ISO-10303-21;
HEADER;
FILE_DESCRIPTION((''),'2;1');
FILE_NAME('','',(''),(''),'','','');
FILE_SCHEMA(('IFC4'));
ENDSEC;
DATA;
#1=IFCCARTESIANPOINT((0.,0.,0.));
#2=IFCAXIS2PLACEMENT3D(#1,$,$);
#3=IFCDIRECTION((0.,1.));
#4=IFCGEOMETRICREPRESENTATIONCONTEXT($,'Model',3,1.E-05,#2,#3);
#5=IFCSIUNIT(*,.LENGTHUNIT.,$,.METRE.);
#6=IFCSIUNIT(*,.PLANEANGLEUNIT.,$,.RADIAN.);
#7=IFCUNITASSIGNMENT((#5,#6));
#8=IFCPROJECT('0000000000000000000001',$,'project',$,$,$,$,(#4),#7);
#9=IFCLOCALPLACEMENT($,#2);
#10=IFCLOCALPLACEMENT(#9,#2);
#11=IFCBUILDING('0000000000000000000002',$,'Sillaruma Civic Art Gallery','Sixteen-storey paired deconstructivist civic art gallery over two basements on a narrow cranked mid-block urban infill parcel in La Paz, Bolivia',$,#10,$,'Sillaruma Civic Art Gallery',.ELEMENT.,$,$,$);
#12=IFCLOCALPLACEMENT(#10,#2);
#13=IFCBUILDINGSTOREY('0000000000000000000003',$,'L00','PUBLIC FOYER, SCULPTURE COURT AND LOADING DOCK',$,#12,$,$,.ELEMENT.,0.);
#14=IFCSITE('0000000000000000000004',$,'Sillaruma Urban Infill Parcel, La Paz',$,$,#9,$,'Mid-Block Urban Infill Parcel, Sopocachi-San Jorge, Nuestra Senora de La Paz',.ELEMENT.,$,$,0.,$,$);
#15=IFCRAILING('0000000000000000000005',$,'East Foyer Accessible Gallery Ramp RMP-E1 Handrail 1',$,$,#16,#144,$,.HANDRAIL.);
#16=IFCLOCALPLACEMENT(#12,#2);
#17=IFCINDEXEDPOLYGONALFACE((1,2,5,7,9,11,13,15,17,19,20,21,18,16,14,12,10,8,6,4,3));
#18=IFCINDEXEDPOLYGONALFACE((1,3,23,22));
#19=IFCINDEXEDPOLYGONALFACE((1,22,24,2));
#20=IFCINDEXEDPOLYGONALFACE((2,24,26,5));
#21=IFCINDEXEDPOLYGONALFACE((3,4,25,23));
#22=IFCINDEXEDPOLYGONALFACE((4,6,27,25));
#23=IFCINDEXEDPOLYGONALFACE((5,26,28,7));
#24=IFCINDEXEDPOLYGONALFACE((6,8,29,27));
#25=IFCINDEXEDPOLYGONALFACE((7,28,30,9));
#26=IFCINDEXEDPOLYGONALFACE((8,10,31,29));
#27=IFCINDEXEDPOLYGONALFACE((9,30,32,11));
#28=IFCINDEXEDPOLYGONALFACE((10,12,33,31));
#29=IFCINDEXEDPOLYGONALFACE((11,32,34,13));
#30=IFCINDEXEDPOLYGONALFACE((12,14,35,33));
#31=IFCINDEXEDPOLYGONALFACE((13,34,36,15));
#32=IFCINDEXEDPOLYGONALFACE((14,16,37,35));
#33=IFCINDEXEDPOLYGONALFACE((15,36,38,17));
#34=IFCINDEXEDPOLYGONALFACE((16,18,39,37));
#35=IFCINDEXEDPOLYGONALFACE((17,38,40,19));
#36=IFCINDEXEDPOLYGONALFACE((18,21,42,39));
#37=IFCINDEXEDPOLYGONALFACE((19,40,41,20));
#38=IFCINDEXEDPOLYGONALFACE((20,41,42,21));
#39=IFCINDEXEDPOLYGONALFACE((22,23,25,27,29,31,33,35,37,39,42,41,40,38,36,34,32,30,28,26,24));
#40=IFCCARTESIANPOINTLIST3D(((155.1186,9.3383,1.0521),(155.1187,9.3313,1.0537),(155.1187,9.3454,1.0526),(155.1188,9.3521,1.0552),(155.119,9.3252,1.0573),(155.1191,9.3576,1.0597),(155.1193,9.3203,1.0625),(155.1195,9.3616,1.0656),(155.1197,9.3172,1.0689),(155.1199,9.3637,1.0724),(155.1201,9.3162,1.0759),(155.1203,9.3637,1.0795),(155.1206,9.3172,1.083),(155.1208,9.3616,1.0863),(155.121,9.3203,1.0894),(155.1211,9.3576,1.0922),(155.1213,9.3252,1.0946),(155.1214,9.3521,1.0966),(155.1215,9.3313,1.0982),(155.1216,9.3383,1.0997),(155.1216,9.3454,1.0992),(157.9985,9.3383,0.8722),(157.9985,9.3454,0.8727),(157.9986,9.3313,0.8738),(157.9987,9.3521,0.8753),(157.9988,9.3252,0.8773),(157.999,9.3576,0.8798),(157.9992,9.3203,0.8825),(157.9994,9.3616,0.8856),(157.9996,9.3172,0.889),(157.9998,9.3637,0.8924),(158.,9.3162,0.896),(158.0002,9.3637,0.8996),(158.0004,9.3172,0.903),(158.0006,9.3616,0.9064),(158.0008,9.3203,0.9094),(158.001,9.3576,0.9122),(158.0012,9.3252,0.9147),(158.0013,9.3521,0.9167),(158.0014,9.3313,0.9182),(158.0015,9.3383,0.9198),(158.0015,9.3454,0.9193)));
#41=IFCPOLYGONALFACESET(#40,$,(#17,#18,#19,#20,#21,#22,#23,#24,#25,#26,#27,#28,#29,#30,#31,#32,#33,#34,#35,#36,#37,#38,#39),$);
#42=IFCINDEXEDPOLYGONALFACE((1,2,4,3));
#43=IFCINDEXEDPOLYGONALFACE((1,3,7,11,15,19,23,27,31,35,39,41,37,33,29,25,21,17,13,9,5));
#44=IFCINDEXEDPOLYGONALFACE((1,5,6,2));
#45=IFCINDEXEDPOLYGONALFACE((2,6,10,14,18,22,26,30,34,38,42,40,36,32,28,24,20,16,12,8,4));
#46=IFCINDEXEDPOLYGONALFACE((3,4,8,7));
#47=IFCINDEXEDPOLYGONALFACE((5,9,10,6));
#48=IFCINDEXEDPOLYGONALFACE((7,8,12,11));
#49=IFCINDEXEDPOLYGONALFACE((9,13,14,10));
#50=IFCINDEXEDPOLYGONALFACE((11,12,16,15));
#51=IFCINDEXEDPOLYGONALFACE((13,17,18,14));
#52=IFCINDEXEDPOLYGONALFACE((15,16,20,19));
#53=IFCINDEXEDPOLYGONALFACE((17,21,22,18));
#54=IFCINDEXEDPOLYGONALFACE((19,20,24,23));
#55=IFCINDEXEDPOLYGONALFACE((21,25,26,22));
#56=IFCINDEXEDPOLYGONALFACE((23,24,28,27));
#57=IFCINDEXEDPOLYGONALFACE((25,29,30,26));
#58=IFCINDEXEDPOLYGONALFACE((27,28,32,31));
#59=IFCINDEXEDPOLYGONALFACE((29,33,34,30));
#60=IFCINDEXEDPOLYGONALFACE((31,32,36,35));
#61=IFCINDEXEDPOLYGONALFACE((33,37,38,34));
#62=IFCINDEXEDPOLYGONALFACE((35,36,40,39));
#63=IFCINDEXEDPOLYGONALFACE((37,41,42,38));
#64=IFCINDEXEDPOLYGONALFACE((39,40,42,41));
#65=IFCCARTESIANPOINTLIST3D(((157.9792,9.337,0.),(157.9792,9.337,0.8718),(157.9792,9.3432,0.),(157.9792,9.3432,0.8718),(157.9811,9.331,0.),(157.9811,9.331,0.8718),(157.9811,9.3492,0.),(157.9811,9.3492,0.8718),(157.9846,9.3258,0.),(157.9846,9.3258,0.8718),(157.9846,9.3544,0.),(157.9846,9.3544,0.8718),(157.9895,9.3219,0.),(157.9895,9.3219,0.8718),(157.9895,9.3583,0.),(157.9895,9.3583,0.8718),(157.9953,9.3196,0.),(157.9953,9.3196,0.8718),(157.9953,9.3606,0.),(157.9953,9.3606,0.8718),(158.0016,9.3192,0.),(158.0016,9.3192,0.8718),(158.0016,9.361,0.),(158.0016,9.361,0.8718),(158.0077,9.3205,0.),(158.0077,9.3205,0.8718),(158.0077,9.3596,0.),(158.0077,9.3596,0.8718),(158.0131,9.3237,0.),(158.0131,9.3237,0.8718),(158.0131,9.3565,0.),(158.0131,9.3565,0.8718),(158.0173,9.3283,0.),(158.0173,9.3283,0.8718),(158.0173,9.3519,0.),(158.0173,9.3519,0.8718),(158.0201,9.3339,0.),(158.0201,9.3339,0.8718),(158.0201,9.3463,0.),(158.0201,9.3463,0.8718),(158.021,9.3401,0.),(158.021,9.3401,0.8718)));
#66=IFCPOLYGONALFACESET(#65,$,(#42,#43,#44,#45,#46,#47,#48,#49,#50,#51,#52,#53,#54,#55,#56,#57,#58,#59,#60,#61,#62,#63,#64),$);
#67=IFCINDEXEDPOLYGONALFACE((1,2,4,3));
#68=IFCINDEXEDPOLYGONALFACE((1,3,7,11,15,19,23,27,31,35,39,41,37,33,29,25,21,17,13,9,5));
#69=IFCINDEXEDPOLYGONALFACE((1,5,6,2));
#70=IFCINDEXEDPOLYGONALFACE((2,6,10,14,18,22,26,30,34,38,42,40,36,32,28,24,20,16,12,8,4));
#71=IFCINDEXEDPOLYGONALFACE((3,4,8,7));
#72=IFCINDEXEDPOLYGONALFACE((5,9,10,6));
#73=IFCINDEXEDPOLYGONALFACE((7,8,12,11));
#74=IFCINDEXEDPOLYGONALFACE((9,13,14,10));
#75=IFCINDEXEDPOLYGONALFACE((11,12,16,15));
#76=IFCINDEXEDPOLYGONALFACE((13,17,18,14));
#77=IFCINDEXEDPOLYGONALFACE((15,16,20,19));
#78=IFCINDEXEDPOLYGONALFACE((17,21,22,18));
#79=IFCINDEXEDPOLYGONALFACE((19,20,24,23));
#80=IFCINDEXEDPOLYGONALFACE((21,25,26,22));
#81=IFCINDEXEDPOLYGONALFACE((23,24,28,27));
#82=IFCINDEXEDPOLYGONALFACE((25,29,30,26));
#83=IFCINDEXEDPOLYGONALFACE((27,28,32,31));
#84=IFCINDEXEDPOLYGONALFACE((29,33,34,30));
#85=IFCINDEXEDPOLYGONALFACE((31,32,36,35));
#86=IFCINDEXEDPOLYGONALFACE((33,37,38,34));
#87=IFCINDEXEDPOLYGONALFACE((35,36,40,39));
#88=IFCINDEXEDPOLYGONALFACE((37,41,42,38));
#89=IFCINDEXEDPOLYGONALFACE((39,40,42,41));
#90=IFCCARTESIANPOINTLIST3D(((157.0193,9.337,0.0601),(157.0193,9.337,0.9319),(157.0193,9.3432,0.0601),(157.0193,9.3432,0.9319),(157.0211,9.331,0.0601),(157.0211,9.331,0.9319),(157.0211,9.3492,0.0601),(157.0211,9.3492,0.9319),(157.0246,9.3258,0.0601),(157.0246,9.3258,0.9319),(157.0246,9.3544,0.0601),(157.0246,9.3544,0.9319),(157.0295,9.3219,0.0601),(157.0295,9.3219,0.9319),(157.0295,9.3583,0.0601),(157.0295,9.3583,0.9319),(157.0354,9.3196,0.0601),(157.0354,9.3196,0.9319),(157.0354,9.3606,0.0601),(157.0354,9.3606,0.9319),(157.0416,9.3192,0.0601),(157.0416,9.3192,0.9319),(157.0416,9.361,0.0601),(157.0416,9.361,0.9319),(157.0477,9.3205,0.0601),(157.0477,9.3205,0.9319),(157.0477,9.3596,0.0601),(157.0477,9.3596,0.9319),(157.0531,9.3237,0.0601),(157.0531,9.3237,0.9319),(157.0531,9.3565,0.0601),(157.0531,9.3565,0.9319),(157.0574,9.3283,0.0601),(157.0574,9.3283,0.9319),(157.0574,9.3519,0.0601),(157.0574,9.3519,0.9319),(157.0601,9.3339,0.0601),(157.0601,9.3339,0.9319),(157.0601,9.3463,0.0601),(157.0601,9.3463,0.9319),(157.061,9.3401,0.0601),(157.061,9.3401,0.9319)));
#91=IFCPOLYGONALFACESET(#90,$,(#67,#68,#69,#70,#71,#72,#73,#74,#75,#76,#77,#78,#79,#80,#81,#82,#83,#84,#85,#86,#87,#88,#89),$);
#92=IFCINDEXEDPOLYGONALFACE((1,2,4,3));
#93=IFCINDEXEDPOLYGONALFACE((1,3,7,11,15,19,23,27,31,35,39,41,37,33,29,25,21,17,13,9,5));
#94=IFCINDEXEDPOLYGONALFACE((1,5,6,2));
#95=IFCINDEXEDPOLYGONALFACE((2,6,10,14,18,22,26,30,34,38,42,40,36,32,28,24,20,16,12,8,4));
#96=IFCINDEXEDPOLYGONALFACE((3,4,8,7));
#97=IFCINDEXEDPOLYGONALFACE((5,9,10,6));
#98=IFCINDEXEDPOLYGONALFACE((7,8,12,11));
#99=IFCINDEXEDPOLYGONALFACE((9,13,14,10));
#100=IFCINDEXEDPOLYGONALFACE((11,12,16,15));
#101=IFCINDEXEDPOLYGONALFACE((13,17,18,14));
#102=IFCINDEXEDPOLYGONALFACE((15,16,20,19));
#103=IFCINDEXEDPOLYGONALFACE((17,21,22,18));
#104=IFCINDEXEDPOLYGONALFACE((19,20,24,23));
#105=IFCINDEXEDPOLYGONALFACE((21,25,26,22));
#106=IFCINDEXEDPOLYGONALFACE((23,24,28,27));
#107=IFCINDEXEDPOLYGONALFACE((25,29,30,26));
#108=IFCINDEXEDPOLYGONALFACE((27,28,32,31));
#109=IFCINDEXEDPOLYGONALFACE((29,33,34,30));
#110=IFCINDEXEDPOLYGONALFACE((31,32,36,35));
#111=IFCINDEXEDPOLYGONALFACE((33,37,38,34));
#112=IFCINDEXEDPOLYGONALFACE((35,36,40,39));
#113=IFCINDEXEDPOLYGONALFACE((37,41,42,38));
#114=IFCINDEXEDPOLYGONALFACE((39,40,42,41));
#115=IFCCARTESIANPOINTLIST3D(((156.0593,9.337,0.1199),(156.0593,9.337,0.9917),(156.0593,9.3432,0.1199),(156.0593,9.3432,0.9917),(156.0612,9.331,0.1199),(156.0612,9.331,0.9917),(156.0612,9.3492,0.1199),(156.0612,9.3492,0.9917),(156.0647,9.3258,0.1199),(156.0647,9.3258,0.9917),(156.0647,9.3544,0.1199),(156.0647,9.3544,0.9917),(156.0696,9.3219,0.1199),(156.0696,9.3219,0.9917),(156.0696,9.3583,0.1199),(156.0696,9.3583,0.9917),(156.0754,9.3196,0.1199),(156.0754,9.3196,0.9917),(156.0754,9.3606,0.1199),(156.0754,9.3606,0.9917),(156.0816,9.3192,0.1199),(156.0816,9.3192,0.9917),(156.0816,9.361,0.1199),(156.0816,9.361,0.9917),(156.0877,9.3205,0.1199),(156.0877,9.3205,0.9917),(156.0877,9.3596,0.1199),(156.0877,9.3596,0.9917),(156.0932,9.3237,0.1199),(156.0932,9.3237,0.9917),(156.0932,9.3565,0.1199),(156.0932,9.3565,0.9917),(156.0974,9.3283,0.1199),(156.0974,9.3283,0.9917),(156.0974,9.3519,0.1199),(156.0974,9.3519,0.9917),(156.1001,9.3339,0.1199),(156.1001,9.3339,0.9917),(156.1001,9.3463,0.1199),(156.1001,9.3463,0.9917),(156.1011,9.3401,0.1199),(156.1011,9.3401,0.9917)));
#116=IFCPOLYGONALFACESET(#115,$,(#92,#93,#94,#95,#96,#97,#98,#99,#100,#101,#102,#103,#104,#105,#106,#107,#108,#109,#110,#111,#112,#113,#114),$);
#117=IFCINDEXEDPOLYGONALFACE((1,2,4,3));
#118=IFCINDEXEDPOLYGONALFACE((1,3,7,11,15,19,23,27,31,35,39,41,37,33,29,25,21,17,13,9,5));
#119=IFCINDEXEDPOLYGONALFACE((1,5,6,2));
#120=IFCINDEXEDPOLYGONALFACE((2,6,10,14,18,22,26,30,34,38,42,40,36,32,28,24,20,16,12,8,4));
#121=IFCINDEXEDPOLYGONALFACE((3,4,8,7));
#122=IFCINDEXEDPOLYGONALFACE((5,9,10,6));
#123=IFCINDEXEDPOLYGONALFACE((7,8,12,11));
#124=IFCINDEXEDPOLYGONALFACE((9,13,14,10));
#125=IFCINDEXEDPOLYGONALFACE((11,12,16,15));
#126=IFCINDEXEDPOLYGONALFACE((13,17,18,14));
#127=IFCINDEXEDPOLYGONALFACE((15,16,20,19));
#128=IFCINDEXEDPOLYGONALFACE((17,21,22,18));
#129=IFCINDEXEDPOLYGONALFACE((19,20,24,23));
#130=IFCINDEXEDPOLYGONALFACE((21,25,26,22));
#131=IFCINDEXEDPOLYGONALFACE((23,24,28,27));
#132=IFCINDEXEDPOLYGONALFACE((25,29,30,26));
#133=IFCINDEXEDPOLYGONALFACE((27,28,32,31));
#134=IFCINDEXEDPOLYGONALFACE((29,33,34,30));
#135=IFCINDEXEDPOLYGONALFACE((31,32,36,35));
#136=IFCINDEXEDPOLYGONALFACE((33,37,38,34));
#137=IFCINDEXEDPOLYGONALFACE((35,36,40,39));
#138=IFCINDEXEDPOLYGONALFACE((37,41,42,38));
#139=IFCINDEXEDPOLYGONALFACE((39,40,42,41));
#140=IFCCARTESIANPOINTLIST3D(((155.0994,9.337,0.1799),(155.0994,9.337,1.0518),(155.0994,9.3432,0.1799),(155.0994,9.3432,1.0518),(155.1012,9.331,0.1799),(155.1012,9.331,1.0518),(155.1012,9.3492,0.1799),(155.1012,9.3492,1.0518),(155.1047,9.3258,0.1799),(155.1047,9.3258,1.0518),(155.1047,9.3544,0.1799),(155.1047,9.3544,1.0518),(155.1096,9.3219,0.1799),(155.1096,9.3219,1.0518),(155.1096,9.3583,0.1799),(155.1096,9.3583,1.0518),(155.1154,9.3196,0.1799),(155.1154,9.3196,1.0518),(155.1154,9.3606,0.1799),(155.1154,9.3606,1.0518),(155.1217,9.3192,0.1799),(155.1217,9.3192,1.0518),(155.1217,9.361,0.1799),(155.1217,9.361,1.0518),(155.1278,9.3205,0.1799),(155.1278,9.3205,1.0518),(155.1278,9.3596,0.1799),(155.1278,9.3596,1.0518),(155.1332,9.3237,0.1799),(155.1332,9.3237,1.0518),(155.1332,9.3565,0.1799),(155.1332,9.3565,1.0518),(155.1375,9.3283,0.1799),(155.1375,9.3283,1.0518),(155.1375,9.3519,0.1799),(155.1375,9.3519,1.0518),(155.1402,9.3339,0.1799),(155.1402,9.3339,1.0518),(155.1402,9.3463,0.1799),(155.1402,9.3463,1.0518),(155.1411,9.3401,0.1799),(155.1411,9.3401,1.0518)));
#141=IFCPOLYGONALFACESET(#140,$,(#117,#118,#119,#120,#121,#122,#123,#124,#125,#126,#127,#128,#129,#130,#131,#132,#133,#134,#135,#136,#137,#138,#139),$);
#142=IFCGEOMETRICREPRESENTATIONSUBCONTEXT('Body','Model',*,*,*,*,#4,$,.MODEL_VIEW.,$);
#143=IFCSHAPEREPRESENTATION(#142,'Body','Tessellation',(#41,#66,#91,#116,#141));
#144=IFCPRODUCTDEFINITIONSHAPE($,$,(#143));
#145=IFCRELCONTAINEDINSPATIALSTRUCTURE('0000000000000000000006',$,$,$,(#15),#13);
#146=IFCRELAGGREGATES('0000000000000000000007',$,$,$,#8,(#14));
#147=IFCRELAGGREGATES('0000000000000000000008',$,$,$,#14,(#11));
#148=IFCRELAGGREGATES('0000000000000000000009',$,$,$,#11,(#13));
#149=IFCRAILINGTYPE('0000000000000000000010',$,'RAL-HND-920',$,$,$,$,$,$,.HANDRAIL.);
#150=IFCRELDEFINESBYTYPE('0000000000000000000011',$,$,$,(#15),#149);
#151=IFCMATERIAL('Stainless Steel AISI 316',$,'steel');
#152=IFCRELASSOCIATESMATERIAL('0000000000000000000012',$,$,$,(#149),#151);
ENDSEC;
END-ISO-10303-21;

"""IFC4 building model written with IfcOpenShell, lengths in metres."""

from ifc_helpers import new_model, si_unit, direction, frame, origin, origin_2d, place, context, subcontext, project, spatial, circle, extrude, material, type_object, element, save


model = new_model("IFC4")

# Units and contexts
model_context = context("Model", 3, precision=1e-05, world=origin(), true_north=direction((0.0, 1.0)))
body_context = subcontext(model_context, "Body", "Model", "MODEL_VIEW")
ifc_project = project(units=[si_unit("LENGTHUNIT", "METRE"), si_unit("PLANEANGLEUNIT", "RADIAN")], contexts=[model_context])

# Site, building, storey
site_placement = place(None, origin())
site = spatial("IfcSite", under=ifc_project, at=site_placement, Name="Sillaruma Urban Infill Parcel, La Paz", LongName="Mid-Block Urban Infill Parcel, Sopocachi-San Jorge, Nuestra Senora de La Paz", CompositionType="ELEMENT", RefElevation=0.0)
building_placement = place(site_placement, origin())
building = spatial("IfcBuilding", under=site, at=building_placement, Name="Sillaruma Civic Art Gallery", Description="Sixteen-storey paired deconstructivist civic art gallery over two basements on a narrow cranked mid-block urban infill parcel in La Paz, Bolivia", LongName="Sillaruma Civic Art Gallery", CompositionType="ELEMENT")
storey_placement = place(building_placement, origin())
storey = spatial("IfcBuildingStorey", under=building, at=storey_placement, Name="L00", Description="PUBLIC FOYER, SCULPTURE COURT AND LOADING DOCK", CompositionType="ELEMENT", Elevation=0.0)

# Railing
ifc_material_1 = material(Name="Stainless Steel AISI 316", Category="steel")
railing_type = type_object("IfcRailingType", Name="RAL-HND-920", PredefinedType="HANDRAIL", material=ifc_material_1)
for number, where, name in (
    (1, (158.0, 9.3401, 0.0), "East Foyer Accessible Gallery Ramp RMP-E1 Handrail 1"),
):
    element("IfcRailing", number, at=place(storey_placement, frame(where)), inside=storey, type_object=railing_type, Name=name, PredefinedType="HANDRAIL", context=body_context, shape_type="SweptSolid", body=[
        extrude(circle(Radius=0.0239, at=origin_2d()), frame((0.0, 0.0, 0.896), z_axis=(-0.998054, 0.0, 0.062357), x_axis=(0.0, -1.0, 0.0)), (0.0, 0.0, 1.0), 2.8855),
        extrude(circle(Radius=0.021, at=origin_2d()), origin(), (0.0, 0.0, 1.0), 0.8718),
        extrude(circle(Radius=0.021, at=origin_2d()), frame((-0.96, 0.0, 0.0601)), (0.0, 0.0, 1.0), 0.8718),
        extrude(circle(Radius=0.021, at=origin_2d()), frame((-1.9199, 0.0, 0.1199)), (0.0, 0.0, 1.0), 0.8718),
        extrude(circle(Radius=0.021, at=origin_2d()), frame((-2.8799, 0.0, 0.1799)), (0.0, 0.0, 1.0), 0.8718),
    ])

save(model, "model.ifc")
